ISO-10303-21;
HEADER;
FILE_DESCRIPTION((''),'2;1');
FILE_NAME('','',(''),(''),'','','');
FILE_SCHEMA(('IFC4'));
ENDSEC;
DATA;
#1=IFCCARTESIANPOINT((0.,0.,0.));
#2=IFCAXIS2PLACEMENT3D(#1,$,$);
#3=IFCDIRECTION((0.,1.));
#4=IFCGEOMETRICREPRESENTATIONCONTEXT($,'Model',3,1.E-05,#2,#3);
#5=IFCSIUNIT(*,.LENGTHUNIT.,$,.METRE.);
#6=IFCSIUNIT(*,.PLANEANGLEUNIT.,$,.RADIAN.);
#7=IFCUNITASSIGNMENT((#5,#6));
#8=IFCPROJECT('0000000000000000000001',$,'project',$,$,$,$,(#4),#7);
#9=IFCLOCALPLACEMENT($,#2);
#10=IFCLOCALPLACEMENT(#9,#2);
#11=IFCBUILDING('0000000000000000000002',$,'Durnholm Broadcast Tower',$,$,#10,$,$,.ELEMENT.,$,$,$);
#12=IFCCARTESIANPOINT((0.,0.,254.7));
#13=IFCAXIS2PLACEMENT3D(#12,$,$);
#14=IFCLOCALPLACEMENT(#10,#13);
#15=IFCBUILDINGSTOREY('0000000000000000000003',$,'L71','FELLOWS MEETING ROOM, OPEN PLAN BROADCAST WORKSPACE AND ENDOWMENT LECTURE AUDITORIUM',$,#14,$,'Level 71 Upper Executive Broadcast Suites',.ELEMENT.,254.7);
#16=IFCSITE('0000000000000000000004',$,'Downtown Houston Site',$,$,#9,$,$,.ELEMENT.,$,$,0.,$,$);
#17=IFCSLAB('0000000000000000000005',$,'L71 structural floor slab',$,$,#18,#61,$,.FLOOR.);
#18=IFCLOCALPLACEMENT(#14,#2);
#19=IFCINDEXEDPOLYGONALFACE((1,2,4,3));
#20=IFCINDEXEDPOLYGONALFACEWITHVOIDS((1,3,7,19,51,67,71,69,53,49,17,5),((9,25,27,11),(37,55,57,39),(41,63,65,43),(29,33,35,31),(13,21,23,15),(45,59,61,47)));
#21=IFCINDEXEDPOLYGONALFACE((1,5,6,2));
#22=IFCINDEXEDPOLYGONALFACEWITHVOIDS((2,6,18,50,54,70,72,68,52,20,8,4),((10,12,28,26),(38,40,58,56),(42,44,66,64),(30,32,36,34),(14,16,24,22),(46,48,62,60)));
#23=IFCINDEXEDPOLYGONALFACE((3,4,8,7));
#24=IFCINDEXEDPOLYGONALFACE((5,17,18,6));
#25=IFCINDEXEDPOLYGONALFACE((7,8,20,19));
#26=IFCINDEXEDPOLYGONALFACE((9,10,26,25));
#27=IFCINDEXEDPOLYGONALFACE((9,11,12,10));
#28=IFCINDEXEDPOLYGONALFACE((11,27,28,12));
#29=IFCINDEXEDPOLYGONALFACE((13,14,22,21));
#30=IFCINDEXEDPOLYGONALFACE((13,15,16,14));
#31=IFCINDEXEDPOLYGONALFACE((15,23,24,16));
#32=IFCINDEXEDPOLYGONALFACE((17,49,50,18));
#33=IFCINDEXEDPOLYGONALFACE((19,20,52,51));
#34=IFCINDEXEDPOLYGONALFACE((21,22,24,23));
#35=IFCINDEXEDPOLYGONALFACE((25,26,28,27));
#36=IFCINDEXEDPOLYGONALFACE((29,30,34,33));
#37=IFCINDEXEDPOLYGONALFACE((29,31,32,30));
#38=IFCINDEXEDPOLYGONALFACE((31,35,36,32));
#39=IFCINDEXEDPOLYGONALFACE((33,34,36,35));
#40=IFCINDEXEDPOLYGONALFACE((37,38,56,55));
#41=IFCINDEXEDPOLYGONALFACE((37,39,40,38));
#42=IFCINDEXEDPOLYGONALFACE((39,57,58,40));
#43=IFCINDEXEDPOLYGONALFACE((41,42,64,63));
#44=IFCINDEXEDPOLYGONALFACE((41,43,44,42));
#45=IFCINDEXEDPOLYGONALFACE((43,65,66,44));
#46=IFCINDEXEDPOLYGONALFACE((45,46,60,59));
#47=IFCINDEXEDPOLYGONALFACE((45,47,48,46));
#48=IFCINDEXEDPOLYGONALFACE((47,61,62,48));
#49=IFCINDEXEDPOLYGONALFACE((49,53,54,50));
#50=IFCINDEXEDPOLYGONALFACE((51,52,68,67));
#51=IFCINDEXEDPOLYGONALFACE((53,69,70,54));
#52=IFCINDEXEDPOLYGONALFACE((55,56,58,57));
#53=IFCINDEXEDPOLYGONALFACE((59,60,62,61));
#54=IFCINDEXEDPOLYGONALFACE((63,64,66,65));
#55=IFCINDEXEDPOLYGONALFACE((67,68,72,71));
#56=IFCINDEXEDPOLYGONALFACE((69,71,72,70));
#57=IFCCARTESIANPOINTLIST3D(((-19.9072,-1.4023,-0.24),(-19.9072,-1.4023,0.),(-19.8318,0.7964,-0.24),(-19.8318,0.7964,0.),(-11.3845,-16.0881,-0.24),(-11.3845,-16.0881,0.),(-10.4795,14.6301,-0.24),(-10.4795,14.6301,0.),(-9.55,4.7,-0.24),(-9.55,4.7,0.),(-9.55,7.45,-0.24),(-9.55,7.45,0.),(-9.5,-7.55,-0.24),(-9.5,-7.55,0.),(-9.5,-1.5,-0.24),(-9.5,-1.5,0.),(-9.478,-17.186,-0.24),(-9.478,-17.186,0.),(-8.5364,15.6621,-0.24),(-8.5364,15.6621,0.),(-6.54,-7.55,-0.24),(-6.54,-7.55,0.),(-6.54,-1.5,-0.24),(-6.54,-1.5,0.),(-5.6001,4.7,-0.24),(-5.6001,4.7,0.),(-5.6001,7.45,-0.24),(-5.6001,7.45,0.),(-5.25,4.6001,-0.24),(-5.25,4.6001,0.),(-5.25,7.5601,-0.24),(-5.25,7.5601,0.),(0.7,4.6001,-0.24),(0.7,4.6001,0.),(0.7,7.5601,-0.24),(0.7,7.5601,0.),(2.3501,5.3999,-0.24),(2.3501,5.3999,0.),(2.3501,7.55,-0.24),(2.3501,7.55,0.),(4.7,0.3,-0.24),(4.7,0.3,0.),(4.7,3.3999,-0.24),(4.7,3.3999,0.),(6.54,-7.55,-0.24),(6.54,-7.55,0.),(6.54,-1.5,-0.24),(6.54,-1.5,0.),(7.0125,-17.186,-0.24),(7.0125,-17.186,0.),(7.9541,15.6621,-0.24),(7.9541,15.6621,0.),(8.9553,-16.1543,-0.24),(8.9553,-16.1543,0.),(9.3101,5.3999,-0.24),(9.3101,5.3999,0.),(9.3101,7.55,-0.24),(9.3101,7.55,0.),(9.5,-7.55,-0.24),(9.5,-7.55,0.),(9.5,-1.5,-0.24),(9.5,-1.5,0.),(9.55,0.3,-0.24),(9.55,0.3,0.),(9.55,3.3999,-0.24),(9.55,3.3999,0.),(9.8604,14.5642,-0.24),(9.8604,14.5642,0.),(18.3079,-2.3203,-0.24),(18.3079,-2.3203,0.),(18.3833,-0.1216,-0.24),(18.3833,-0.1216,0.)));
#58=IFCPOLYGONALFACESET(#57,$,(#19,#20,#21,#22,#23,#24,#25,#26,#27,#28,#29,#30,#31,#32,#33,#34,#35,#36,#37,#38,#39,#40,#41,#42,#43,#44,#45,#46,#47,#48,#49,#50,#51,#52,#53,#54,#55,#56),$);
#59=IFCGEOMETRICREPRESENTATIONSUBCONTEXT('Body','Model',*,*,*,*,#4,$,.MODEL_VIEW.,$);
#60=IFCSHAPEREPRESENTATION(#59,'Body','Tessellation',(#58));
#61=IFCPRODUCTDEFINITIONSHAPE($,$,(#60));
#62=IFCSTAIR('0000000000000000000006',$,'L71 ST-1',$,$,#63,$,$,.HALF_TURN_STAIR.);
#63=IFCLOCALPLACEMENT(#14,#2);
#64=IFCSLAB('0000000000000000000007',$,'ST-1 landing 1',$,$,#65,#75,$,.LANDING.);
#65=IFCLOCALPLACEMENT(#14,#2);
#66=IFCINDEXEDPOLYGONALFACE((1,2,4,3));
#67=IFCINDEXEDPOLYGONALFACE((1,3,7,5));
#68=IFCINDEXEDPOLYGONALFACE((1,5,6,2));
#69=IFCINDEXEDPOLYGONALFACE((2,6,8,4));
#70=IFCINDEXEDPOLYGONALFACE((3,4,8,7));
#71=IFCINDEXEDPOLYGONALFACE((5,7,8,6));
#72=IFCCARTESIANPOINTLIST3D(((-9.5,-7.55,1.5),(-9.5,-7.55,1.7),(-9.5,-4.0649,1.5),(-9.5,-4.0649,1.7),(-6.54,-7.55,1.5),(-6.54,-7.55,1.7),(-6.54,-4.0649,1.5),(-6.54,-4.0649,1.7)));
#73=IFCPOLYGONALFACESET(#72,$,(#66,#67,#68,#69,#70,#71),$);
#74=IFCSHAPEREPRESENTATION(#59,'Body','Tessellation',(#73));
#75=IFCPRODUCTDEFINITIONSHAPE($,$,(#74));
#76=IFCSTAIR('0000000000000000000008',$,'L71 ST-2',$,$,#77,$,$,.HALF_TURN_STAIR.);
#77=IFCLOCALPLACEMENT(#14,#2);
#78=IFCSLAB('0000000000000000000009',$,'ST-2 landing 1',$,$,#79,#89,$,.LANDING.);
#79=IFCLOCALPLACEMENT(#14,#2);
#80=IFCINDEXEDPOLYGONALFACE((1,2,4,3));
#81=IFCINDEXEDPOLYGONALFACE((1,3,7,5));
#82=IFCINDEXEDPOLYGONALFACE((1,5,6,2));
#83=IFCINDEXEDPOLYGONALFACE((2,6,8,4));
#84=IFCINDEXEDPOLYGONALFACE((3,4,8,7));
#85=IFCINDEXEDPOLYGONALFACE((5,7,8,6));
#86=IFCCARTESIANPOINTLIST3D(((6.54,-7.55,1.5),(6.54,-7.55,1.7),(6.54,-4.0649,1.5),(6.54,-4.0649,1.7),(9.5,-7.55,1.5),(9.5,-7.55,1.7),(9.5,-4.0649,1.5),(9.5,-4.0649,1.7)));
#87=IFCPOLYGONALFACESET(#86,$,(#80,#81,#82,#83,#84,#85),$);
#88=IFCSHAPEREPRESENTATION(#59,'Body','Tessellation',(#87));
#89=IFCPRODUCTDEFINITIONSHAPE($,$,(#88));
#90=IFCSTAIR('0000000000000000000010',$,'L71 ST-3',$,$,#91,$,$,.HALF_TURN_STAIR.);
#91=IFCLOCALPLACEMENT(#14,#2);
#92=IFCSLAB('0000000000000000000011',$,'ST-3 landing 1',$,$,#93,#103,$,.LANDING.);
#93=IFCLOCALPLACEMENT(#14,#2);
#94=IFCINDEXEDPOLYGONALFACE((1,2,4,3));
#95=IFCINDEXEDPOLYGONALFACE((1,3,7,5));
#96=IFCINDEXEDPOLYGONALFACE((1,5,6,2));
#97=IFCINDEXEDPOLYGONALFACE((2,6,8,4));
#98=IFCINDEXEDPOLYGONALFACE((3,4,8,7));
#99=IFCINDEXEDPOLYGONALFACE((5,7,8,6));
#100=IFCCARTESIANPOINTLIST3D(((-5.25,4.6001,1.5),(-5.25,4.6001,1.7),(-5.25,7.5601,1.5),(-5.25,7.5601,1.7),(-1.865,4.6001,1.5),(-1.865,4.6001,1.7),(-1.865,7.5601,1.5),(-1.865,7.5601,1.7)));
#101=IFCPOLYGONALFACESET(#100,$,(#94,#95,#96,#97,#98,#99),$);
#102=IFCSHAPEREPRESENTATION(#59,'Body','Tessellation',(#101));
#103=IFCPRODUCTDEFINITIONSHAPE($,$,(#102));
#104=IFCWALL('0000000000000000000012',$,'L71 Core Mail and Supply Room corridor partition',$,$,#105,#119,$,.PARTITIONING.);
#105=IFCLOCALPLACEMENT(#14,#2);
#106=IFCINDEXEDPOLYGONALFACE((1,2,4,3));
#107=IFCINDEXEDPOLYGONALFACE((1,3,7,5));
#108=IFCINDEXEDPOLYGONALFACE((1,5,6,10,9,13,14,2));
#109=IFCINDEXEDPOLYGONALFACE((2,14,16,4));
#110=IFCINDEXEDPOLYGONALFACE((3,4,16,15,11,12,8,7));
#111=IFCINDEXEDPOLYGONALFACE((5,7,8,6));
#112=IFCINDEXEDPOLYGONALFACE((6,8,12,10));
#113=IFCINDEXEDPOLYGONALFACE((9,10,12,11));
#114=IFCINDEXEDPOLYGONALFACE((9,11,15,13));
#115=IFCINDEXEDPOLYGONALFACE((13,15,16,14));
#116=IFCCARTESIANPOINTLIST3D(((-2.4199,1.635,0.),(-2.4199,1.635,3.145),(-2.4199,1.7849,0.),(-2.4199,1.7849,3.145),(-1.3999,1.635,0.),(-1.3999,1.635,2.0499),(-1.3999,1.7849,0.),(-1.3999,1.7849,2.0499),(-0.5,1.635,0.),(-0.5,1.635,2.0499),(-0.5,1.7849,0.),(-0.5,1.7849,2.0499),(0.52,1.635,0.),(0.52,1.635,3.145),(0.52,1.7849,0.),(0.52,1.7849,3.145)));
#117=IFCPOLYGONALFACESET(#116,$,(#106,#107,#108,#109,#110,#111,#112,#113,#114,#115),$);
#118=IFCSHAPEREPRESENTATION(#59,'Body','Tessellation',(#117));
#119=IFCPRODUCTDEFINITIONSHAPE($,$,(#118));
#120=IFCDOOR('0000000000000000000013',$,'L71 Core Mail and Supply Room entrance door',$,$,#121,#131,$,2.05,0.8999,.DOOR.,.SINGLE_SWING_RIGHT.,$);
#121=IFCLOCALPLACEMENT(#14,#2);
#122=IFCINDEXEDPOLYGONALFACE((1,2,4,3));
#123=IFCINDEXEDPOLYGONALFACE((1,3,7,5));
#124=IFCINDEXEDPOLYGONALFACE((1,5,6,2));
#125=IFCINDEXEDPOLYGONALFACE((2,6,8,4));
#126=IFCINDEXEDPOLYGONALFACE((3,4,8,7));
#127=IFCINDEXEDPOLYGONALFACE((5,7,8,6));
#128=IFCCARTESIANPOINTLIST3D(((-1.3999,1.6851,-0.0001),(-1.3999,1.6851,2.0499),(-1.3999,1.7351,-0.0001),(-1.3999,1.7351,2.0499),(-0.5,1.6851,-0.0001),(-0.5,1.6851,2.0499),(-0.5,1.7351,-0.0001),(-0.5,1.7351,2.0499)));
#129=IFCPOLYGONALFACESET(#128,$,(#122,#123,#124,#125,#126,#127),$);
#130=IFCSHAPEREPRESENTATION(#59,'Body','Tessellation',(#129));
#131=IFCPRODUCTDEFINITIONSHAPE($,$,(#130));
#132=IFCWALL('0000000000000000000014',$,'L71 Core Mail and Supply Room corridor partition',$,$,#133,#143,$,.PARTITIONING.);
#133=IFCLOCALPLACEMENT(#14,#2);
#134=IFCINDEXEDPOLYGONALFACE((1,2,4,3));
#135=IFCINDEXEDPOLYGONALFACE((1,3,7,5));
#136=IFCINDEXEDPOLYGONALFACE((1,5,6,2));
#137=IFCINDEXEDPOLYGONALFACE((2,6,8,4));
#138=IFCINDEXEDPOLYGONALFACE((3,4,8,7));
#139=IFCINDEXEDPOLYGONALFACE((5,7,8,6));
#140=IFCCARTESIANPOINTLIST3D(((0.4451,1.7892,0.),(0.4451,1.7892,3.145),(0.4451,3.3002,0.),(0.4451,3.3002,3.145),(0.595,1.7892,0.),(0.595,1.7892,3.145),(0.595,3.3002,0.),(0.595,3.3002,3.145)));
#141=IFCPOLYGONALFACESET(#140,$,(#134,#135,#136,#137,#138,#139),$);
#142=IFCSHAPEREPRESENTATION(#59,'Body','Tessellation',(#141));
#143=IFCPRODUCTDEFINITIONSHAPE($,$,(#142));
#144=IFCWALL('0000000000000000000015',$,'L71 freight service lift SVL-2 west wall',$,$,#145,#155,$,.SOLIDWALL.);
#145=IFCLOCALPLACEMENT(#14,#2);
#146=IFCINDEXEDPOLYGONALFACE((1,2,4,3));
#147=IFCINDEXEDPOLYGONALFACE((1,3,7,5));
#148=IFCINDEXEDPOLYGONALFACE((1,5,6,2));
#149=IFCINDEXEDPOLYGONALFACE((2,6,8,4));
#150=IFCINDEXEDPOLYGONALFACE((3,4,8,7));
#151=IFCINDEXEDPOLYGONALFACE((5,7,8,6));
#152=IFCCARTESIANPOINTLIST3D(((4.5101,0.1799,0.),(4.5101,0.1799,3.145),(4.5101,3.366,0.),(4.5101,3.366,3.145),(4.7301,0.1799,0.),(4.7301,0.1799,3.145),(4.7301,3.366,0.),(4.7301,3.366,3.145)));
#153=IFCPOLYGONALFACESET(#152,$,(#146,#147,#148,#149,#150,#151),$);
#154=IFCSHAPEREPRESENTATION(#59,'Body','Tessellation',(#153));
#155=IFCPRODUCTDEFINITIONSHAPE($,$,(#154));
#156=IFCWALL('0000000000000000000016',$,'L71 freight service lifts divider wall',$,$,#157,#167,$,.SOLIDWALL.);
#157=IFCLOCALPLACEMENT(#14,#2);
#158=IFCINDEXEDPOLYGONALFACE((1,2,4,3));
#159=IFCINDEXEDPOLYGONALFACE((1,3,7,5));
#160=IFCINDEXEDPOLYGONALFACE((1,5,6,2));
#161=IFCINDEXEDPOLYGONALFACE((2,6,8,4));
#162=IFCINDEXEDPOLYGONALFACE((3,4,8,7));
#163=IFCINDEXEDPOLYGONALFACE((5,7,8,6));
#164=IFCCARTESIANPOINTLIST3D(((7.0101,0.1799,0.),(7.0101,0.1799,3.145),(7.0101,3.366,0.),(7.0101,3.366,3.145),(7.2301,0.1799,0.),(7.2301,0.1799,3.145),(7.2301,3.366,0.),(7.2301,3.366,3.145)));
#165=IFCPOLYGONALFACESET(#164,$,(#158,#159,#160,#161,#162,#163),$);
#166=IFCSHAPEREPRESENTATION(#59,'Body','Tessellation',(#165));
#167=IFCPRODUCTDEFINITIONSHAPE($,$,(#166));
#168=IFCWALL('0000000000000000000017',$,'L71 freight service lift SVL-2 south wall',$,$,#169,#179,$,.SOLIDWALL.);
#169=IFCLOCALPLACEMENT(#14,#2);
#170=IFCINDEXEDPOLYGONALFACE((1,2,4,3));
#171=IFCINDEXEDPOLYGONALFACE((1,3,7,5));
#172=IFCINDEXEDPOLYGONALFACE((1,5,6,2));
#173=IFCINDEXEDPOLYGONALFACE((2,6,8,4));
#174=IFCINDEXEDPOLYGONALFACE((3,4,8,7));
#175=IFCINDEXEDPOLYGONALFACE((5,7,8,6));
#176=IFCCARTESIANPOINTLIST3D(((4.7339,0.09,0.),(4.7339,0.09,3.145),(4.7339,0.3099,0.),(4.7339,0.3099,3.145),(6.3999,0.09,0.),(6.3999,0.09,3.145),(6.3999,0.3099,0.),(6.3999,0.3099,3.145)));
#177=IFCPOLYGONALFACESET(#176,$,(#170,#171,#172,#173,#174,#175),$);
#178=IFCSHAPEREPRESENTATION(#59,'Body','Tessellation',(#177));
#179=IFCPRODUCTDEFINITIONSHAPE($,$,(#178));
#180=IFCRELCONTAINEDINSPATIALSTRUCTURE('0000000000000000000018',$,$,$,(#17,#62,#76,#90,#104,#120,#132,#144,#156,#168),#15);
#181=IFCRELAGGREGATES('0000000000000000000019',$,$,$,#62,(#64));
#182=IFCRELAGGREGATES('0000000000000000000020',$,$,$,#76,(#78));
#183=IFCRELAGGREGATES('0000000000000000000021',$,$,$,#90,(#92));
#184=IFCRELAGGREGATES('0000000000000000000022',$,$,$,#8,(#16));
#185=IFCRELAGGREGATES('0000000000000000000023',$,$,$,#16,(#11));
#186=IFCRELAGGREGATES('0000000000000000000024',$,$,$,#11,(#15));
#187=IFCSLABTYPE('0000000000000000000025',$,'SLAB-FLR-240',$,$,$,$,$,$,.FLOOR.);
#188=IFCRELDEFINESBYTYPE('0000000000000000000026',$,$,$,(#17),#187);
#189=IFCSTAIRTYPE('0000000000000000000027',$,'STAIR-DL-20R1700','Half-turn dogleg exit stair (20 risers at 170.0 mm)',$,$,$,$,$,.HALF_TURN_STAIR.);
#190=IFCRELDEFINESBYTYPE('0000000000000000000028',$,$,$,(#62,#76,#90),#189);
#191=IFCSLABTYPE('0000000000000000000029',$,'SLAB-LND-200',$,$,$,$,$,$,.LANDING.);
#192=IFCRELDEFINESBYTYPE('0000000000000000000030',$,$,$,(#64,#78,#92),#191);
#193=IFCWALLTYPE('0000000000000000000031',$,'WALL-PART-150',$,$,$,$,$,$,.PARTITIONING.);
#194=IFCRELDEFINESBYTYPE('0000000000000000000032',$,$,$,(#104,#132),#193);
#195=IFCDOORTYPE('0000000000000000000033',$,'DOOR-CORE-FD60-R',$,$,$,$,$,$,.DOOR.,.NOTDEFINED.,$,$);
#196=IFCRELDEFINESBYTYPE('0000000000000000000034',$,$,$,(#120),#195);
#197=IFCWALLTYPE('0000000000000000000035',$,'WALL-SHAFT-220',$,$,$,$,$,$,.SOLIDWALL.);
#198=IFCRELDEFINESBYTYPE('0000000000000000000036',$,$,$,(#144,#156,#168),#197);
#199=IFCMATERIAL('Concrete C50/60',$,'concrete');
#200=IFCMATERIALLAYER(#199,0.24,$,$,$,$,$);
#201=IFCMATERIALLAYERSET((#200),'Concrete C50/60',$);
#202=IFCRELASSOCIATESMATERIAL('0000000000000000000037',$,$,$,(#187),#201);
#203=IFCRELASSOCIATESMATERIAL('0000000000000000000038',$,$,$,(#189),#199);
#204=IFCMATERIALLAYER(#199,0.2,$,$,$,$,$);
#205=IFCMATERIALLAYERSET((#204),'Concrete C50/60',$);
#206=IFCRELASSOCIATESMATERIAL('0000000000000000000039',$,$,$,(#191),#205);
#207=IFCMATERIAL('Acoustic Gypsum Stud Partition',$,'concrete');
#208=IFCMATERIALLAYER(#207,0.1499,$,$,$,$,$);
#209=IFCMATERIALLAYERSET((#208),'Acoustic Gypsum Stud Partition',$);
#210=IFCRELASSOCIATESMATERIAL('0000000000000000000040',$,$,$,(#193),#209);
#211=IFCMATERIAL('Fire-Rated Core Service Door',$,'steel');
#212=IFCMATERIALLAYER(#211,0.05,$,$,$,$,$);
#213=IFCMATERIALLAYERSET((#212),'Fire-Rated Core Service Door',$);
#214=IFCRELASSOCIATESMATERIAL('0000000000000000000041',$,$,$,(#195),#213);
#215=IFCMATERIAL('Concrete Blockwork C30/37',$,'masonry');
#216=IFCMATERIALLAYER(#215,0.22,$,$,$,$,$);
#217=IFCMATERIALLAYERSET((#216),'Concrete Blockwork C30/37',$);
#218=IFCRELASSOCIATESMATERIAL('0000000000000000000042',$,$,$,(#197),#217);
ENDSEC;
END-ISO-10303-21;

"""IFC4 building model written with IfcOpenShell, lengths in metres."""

from ifc_helpers import new_model, si_unit, direction, frame, frame_2d, origin, place, context, subcontext, project, spatial, polyline, rectangle, outline, extrude, source, transform, mapped, material, layer, layer_set, type_object, type_shapes, element, fill, aggregate, save


model = new_model("IFC4")

# Units and contexts
model_context = context("Model", 3, precision=1e-05, world=origin(), true_north=direction((0.0, 1.0)))
body_context = subcontext(model_context, "Body", "Model", "MODEL_VIEW")
ifc_project = project(units=[si_unit("LENGTHUNIT", "METRE"), si_unit("PLANEANGLEUNIT", "RADIAN")], contexts=[model_context])

# Site, building, storey
site_placement = place(None, origin())
site = spatial("IfcSite", under=ifc_project, at=site_placement, Name="Downtown Houston Site", CompositionType="ELEMENT", RefElevation=0.0)
building_placement = place(site_placement, origin())
building = spatial("IfcBuilding", under=site, at=building_placement, Name="Durnholm Broadcast Tower", CompositionType="ELEMENT")
storey_placement = place(building_placement, frame((0.0, 0.0, 254.7)))
storey = spatial("IfcBuildingStorey", under=building, at=storey_placement, Name="L71", Description="FELLOWS MEETING ROOM, OPEN PLAN BROADCAST WORKSPACE AND ENDOWMENT LECTURE AUDITORIUM", LongName="Level 71 Upper Executive Broadcast Suites", CompositionType="ELEMENT", Elevation=254.7)

# Slab
ifc_material_1 = material(Name="Concrete C50/60", Category="concrete")
ifc_layer_1 = layer(ifc_material_1, 0.24)
ifc_layer_set_1 = layer_set([ifc_layer_1], Name="Concrete C50/60")
slab_type_1 = type_object("IfcSlabType", Name="SLAB-FLR-240", PredefinedType="FLOOR", material=ifc_layer_set_1)
slab_1_placement = place(storey_placement, frame((0.0, 0.0, -0.24)))
element("IfcSlab", 1, at=slab_1_placement, inside=storey, type_object=slab_type_1, Name="L71 structural floor slab", PredefinedType="FLOOR", context=body_context, shape_type="SweptSolid", body=[
    extrude(outline(polyline([(-11.3845, -16.0881), (-9.478, -17.186), (7.0125, -17.186), (8.9553, -16.1543), (18.3079, -2.3203), (18.3833, -0.1216), (9.8604, 14.5642), (7.9541, 15.6621), (-8.5364, 15.6621), (-10.4795, 14.6301), (-19.8318, 0.7964), (-19.9072, -1.4023), (-11.3845, -16.0881)]), holes=[polyline([(-6.54, -1.5), (-9.5, -1.5), (-9.5, -7.55), (-6.54, -7.55), (-6.54, -1.5)]), polyline([(9.5, -7.55), (9.5, -1.5), (6.54, -1.5), (6.54, -7.55), (9.5, -7.55)]), polyline([(9.55, 3.3999), (4.7, 3.3999), (4.7, 0.3), (9.55, 0.3), (9.55, 3.3999)]), polyline([(-9.55, 7.45), (-9.55, 4.7), (-5.6001, 4.7), (-5.6001, 7.45), (-9.55, 7.45)]), polyline([(-5.25, 4.6001), (0.7, 4.6001), (0.7, 7.5601), (-5.25, 7.5601), (-5.25, 4.6001)]), polyline([(9.3101, 7.55), (2.3501, 7.55), (2.3501, 5.3999), (9.3101, 5.3999), (9.3101, 7.55)])]), origin(), (0.0, 0.0, 1.0), 0.24),
])

# Stairs, slabs
stair_type = type_object("IfcStairType", Name="STAIR-DL-20R1700", Description="Half-turn dogleg exit stair (20 risers at 170.0 mm)", PredefinedType="HALF_TURN_STAIR", material=ifc_material_1)
stair_1_placement = place(storey_placement, origin())
stair_1 = element("IfcStair", 2, at=stair_1_placement, inside=storey, type_object=stair_type, Name="L71 ST-1", PredefinedType="HALF_TURN_STAIR")
ifc_layer_2 = layer(ifc_material_1, 0.2)
ifc_layer_set_2 = layer_set([ifc_layer_2], Name="Concrete C50/60")
slab_type_2 = type_object("IfcSlabType", Name="SLAB-LND-200", PredefinedType="LANDING", material=ifc_layer_set_2)
slab_2_placement = place(storey_placement, frame((0.0, 0.0, 1.5)))
slab_2 = element("IfcSlab", 3, at=slab_2_placement, type_object=slab_type_2, Name="ST-1 landing 1", PredefinedType="LANDING", context=body_context, shape_type="SweptSolid", body=[
    extrude(outline(polyline([(-9.5, -4.0649), (-9.5, -7.55), (-6.54, -7.55), (-6.54, -4.0649), (-9.5, -4.0649)])), origin(), (0.0, 0.0, 1.0), 0.2),
])
aggregate(stair_1, [slab_2])
stair_2_placement = place(storey_placement, origin())
stair_2 = element("IfcStair", 4, at=stair_2_placement, inside=storey, type_object=stair_type, Name="L71 ST-2", PredefinedType="HALF_TURN_STAIR")
slab_3_placement = place(storey_placement, frame((0.0, 0.0, 1.5)))
slab_3 = element("IfcSlab", 5, at=slab_3_placement, type_object=slab_type_2, Name="ST-2 landing 1", PredefinedType="LANDING", context=body_context, shape_type="SweptSolid", body=[
    extrude(outline(polyline([(6.54, -4.0649), (6.54, -7.55), (9.5, -7.55), (9.5, -4.0649), (6.54, -4.0649)])), origin(), (0.0, 0.0, 1.0), 0.2),
])
aggregate(stair_2, [slab_3])
stair_3_placement = place(storey_placement, origin())
stair_3 = element("IfcStair", 6, at=stair_3_placement, inside=storey, type_object=stair_type, Name="L71 ST-3", PredefinedType="HALF_TURN_STAIR")
slab_4_placement = place(storey_placement, frame((0.0, 0.0, 1.5)))
slab_4 = element("IfcSlab", 7, at=slab_4_placement, type_object=slab_type_2, Name="ST-3 landing 1", PredefinedType="LANDING", context=body_context, shape_type="SweptSolid", body=[
    extrude(outline(polyline([(-1.865, 7.5601), (-5.25, 7.5601), (-5.25, 4.6001), (-1.865, 4.6001), (-1.865, 7.5601)])), origin(), (0.0, 0.0, 1.0), 0.2),
])

# Wall, opening, door
ifc_material_2 = material(Name="Acoustic Gypsum Stud Partition", Category="concrete")
ifc_layer_3 = layer(ifc_material_2, 0.1499)
ifc_layer_set_3 = layer_set([ifc_layer_3], Name="Acoustic Gypsum Stud Partition")
wall_type_1 = type_object("IfcWallType", Name="WALL-PART-150", PredefinedType="PARTITIONING", material=ifc_layer_set_3)
wall_1_placement = place(storey_placement, frame((0.52, 1.71, 0.0), z_axis=(0.0, 0.0, 1.0), x_axis=(-1.0, 0.0, 0.0)))
wall_1 = element("IfcWall", 8, at=wall_1_placement, inside=storey, type_object=wall_type_1, Name="L71 Core Mail and Supply Room corridor partition", PredefinedType="PARTITIONING", context=body_context, shape_type="SweptSolid", body=[
    extrude(rectangle(XDim=2.9399, YDim=0.1499, at=frame_2d((1.47, 0.0))), origin(), (0.0, 0.0, 1.0), 3.145),
])
opening_1_placement = place(wall_1_placement, frame((1.02, 0.0, 0.0)))
opening_1 = element("IfcOpeningElement", 9, at=opening_1_placement, cuts=wall_1, PredefinedType="OPENING", context=body_context, shape_type="SweptSolid", body=[
    extrude(rectangle(XDim=0.8999, YDim=2.05, at=frame_2d((0.45, 1.0249))), frame((0.0, 0.085, 0.0), z_axis=(0.0, -1.0, 0.0), x_axis=(1.0, 0.0, 0.0)), (0.0, 0.0, 1.0), 0.1699),
])
ifc_material_3 = material(Name="Fire-Rated Core Service Door", Category="steel")
ifc_layer_4 = layer(ifc_material_3, 0.05)
ifc_layer_set_4 = layer_set([ifc_layer_4], Name="Fire-Rated Core Service Door")
door_type_1 = type_object("IfcDoorType", Name="DOOR-CORE-FD60-R", OperationType="NOTDEFINED", PredefinedType="DOOR", material=ifc_layer_set_4)
shared_shape_1 = source(origin(), body_context, "Body", "SweptSolid", [
    extrude(rectangle(XDim=0.8999, YDim=2.05, at=frame_2d((0.45, 1.0249))), frame((0.0, 0.0249, 0.0), z_axis=(0.0, -1.0, 0.0), x_axis=(1.0, 0.0, 0.0)), (0.0, 0.0, 1.0), 0.05),
])
type_shapes(door_type_1, [shared_shape_1])
door_1_placement = place(opening_1_placement, origin())
door_1 = element("IfcDoor", 10, at=door_1_placement, inside=storey, type_object=door_type_1, Name="L71 Core Mail and Supply Room entrance door", OperationType="SINGLE_SWING_RIGHT", OverallHeight=2.05, OverallWidth=0.8999, PredefinedType="DOOR", context=body_context, shape_type="MappedRepresentation", body=[
    mapped(shared_shape_1, transform((0.0, 0.0, 0.0), x_axis=(1.0, 0.0, 0.0), y_axis=(0.0, 1.0, 0.0), z_axis=(0.0, 0.0, 1.0), scale=1.0)),
])
fill(opening_1, door_1)

# Wall
wall_2_placement = place(storey_placement, frame((0.52, 3.3, 0.0), z_axis=(0.0, 0.0, 1.0), x_axis=(0.0, -1.0, 0.0)))
element("IfcWall", 11, at=wall_2_placement, inside=storey, type_object=wall_type_1, Name="L71 Core Mail and Supply Room corridor partition", PredefinedType="PARTITIONING", context=body_context, shape_type="SweptSolid", body=[
    extrude(rectangle(XDim=1.511, YDim=0.1499, at=frame_2d((0.7554, 0.0))), origin(), (0.0, 0.0, 1.0), 3.145),
])

# Shared definitions
ifc_material_4 = material(Name="Concrete Blockwork C30/37", Category="masonry")
ifc_layer_5 = layer(ifc_material_4, 0.22)
ifc_layer_set_5 = layer_set([ifc_layer_5], Name="Concrete Blockwork C30/37")
wall_type_2 = type_object("IfcWallType", Name="WALL-SHAFT-220", PredefinedType="SOLIDWALL", material=ifc_layer_set_5)

# Walls
for number, where, z_axis, x_axis, name in (
    (12, (4.6201, 0.1799, 0.0), (0.0, 0.0, 1.0), (0.0, 1.0, 0.0), "L71 freight service lift SVL-2 west wall"),
    (13, (7.1201, 0.1799, 0.0), (0.0, 0.0, 1.0), (0.0, 1.0, 0.0), "L71 freight service lifts divider wall"),
):
    element("IfcWall", number, at=place(storey_placement, frame(where, z_axis=z_axis, x_axis=x_axis)), inside=storey, type_object=wall_type_2, Name=name, PredefinedType="SOLIDWALL", context=body_context, shape_type="SweptSolid", body=[
        extrude(rectangle(XDim=3.186, YDim=0.22, at=frame_2d((1.593, 0.0))), origin(), (0.0, 0.0, 1.0), 3.145),
    ])
wall_3_placement = place(storey_placement, frame((4.7339, 0.2, 0.0), z_axis=(0.0, 0.0, 1.0), x_axis=(1.0, 0.0, 0.0)))
element("IfcWall", 14, at=wall_3_placement, inside=storey, type_object=wall_type_2, Name="L71 freight service lift SVL-2 south wall", PredefinedType="SOLIDWALL", context=body_context, shape_type="SweptSolid", body=[
    extrude(rectangle(XDim=1.666, YDim=0.22, at=frame_2d((0.833, 0.0))), origin(), (0.0, 0.0, 1.0), 3.145),
])

aggregate(stair_3, [slab_4])

save(model, "model.ifc")
